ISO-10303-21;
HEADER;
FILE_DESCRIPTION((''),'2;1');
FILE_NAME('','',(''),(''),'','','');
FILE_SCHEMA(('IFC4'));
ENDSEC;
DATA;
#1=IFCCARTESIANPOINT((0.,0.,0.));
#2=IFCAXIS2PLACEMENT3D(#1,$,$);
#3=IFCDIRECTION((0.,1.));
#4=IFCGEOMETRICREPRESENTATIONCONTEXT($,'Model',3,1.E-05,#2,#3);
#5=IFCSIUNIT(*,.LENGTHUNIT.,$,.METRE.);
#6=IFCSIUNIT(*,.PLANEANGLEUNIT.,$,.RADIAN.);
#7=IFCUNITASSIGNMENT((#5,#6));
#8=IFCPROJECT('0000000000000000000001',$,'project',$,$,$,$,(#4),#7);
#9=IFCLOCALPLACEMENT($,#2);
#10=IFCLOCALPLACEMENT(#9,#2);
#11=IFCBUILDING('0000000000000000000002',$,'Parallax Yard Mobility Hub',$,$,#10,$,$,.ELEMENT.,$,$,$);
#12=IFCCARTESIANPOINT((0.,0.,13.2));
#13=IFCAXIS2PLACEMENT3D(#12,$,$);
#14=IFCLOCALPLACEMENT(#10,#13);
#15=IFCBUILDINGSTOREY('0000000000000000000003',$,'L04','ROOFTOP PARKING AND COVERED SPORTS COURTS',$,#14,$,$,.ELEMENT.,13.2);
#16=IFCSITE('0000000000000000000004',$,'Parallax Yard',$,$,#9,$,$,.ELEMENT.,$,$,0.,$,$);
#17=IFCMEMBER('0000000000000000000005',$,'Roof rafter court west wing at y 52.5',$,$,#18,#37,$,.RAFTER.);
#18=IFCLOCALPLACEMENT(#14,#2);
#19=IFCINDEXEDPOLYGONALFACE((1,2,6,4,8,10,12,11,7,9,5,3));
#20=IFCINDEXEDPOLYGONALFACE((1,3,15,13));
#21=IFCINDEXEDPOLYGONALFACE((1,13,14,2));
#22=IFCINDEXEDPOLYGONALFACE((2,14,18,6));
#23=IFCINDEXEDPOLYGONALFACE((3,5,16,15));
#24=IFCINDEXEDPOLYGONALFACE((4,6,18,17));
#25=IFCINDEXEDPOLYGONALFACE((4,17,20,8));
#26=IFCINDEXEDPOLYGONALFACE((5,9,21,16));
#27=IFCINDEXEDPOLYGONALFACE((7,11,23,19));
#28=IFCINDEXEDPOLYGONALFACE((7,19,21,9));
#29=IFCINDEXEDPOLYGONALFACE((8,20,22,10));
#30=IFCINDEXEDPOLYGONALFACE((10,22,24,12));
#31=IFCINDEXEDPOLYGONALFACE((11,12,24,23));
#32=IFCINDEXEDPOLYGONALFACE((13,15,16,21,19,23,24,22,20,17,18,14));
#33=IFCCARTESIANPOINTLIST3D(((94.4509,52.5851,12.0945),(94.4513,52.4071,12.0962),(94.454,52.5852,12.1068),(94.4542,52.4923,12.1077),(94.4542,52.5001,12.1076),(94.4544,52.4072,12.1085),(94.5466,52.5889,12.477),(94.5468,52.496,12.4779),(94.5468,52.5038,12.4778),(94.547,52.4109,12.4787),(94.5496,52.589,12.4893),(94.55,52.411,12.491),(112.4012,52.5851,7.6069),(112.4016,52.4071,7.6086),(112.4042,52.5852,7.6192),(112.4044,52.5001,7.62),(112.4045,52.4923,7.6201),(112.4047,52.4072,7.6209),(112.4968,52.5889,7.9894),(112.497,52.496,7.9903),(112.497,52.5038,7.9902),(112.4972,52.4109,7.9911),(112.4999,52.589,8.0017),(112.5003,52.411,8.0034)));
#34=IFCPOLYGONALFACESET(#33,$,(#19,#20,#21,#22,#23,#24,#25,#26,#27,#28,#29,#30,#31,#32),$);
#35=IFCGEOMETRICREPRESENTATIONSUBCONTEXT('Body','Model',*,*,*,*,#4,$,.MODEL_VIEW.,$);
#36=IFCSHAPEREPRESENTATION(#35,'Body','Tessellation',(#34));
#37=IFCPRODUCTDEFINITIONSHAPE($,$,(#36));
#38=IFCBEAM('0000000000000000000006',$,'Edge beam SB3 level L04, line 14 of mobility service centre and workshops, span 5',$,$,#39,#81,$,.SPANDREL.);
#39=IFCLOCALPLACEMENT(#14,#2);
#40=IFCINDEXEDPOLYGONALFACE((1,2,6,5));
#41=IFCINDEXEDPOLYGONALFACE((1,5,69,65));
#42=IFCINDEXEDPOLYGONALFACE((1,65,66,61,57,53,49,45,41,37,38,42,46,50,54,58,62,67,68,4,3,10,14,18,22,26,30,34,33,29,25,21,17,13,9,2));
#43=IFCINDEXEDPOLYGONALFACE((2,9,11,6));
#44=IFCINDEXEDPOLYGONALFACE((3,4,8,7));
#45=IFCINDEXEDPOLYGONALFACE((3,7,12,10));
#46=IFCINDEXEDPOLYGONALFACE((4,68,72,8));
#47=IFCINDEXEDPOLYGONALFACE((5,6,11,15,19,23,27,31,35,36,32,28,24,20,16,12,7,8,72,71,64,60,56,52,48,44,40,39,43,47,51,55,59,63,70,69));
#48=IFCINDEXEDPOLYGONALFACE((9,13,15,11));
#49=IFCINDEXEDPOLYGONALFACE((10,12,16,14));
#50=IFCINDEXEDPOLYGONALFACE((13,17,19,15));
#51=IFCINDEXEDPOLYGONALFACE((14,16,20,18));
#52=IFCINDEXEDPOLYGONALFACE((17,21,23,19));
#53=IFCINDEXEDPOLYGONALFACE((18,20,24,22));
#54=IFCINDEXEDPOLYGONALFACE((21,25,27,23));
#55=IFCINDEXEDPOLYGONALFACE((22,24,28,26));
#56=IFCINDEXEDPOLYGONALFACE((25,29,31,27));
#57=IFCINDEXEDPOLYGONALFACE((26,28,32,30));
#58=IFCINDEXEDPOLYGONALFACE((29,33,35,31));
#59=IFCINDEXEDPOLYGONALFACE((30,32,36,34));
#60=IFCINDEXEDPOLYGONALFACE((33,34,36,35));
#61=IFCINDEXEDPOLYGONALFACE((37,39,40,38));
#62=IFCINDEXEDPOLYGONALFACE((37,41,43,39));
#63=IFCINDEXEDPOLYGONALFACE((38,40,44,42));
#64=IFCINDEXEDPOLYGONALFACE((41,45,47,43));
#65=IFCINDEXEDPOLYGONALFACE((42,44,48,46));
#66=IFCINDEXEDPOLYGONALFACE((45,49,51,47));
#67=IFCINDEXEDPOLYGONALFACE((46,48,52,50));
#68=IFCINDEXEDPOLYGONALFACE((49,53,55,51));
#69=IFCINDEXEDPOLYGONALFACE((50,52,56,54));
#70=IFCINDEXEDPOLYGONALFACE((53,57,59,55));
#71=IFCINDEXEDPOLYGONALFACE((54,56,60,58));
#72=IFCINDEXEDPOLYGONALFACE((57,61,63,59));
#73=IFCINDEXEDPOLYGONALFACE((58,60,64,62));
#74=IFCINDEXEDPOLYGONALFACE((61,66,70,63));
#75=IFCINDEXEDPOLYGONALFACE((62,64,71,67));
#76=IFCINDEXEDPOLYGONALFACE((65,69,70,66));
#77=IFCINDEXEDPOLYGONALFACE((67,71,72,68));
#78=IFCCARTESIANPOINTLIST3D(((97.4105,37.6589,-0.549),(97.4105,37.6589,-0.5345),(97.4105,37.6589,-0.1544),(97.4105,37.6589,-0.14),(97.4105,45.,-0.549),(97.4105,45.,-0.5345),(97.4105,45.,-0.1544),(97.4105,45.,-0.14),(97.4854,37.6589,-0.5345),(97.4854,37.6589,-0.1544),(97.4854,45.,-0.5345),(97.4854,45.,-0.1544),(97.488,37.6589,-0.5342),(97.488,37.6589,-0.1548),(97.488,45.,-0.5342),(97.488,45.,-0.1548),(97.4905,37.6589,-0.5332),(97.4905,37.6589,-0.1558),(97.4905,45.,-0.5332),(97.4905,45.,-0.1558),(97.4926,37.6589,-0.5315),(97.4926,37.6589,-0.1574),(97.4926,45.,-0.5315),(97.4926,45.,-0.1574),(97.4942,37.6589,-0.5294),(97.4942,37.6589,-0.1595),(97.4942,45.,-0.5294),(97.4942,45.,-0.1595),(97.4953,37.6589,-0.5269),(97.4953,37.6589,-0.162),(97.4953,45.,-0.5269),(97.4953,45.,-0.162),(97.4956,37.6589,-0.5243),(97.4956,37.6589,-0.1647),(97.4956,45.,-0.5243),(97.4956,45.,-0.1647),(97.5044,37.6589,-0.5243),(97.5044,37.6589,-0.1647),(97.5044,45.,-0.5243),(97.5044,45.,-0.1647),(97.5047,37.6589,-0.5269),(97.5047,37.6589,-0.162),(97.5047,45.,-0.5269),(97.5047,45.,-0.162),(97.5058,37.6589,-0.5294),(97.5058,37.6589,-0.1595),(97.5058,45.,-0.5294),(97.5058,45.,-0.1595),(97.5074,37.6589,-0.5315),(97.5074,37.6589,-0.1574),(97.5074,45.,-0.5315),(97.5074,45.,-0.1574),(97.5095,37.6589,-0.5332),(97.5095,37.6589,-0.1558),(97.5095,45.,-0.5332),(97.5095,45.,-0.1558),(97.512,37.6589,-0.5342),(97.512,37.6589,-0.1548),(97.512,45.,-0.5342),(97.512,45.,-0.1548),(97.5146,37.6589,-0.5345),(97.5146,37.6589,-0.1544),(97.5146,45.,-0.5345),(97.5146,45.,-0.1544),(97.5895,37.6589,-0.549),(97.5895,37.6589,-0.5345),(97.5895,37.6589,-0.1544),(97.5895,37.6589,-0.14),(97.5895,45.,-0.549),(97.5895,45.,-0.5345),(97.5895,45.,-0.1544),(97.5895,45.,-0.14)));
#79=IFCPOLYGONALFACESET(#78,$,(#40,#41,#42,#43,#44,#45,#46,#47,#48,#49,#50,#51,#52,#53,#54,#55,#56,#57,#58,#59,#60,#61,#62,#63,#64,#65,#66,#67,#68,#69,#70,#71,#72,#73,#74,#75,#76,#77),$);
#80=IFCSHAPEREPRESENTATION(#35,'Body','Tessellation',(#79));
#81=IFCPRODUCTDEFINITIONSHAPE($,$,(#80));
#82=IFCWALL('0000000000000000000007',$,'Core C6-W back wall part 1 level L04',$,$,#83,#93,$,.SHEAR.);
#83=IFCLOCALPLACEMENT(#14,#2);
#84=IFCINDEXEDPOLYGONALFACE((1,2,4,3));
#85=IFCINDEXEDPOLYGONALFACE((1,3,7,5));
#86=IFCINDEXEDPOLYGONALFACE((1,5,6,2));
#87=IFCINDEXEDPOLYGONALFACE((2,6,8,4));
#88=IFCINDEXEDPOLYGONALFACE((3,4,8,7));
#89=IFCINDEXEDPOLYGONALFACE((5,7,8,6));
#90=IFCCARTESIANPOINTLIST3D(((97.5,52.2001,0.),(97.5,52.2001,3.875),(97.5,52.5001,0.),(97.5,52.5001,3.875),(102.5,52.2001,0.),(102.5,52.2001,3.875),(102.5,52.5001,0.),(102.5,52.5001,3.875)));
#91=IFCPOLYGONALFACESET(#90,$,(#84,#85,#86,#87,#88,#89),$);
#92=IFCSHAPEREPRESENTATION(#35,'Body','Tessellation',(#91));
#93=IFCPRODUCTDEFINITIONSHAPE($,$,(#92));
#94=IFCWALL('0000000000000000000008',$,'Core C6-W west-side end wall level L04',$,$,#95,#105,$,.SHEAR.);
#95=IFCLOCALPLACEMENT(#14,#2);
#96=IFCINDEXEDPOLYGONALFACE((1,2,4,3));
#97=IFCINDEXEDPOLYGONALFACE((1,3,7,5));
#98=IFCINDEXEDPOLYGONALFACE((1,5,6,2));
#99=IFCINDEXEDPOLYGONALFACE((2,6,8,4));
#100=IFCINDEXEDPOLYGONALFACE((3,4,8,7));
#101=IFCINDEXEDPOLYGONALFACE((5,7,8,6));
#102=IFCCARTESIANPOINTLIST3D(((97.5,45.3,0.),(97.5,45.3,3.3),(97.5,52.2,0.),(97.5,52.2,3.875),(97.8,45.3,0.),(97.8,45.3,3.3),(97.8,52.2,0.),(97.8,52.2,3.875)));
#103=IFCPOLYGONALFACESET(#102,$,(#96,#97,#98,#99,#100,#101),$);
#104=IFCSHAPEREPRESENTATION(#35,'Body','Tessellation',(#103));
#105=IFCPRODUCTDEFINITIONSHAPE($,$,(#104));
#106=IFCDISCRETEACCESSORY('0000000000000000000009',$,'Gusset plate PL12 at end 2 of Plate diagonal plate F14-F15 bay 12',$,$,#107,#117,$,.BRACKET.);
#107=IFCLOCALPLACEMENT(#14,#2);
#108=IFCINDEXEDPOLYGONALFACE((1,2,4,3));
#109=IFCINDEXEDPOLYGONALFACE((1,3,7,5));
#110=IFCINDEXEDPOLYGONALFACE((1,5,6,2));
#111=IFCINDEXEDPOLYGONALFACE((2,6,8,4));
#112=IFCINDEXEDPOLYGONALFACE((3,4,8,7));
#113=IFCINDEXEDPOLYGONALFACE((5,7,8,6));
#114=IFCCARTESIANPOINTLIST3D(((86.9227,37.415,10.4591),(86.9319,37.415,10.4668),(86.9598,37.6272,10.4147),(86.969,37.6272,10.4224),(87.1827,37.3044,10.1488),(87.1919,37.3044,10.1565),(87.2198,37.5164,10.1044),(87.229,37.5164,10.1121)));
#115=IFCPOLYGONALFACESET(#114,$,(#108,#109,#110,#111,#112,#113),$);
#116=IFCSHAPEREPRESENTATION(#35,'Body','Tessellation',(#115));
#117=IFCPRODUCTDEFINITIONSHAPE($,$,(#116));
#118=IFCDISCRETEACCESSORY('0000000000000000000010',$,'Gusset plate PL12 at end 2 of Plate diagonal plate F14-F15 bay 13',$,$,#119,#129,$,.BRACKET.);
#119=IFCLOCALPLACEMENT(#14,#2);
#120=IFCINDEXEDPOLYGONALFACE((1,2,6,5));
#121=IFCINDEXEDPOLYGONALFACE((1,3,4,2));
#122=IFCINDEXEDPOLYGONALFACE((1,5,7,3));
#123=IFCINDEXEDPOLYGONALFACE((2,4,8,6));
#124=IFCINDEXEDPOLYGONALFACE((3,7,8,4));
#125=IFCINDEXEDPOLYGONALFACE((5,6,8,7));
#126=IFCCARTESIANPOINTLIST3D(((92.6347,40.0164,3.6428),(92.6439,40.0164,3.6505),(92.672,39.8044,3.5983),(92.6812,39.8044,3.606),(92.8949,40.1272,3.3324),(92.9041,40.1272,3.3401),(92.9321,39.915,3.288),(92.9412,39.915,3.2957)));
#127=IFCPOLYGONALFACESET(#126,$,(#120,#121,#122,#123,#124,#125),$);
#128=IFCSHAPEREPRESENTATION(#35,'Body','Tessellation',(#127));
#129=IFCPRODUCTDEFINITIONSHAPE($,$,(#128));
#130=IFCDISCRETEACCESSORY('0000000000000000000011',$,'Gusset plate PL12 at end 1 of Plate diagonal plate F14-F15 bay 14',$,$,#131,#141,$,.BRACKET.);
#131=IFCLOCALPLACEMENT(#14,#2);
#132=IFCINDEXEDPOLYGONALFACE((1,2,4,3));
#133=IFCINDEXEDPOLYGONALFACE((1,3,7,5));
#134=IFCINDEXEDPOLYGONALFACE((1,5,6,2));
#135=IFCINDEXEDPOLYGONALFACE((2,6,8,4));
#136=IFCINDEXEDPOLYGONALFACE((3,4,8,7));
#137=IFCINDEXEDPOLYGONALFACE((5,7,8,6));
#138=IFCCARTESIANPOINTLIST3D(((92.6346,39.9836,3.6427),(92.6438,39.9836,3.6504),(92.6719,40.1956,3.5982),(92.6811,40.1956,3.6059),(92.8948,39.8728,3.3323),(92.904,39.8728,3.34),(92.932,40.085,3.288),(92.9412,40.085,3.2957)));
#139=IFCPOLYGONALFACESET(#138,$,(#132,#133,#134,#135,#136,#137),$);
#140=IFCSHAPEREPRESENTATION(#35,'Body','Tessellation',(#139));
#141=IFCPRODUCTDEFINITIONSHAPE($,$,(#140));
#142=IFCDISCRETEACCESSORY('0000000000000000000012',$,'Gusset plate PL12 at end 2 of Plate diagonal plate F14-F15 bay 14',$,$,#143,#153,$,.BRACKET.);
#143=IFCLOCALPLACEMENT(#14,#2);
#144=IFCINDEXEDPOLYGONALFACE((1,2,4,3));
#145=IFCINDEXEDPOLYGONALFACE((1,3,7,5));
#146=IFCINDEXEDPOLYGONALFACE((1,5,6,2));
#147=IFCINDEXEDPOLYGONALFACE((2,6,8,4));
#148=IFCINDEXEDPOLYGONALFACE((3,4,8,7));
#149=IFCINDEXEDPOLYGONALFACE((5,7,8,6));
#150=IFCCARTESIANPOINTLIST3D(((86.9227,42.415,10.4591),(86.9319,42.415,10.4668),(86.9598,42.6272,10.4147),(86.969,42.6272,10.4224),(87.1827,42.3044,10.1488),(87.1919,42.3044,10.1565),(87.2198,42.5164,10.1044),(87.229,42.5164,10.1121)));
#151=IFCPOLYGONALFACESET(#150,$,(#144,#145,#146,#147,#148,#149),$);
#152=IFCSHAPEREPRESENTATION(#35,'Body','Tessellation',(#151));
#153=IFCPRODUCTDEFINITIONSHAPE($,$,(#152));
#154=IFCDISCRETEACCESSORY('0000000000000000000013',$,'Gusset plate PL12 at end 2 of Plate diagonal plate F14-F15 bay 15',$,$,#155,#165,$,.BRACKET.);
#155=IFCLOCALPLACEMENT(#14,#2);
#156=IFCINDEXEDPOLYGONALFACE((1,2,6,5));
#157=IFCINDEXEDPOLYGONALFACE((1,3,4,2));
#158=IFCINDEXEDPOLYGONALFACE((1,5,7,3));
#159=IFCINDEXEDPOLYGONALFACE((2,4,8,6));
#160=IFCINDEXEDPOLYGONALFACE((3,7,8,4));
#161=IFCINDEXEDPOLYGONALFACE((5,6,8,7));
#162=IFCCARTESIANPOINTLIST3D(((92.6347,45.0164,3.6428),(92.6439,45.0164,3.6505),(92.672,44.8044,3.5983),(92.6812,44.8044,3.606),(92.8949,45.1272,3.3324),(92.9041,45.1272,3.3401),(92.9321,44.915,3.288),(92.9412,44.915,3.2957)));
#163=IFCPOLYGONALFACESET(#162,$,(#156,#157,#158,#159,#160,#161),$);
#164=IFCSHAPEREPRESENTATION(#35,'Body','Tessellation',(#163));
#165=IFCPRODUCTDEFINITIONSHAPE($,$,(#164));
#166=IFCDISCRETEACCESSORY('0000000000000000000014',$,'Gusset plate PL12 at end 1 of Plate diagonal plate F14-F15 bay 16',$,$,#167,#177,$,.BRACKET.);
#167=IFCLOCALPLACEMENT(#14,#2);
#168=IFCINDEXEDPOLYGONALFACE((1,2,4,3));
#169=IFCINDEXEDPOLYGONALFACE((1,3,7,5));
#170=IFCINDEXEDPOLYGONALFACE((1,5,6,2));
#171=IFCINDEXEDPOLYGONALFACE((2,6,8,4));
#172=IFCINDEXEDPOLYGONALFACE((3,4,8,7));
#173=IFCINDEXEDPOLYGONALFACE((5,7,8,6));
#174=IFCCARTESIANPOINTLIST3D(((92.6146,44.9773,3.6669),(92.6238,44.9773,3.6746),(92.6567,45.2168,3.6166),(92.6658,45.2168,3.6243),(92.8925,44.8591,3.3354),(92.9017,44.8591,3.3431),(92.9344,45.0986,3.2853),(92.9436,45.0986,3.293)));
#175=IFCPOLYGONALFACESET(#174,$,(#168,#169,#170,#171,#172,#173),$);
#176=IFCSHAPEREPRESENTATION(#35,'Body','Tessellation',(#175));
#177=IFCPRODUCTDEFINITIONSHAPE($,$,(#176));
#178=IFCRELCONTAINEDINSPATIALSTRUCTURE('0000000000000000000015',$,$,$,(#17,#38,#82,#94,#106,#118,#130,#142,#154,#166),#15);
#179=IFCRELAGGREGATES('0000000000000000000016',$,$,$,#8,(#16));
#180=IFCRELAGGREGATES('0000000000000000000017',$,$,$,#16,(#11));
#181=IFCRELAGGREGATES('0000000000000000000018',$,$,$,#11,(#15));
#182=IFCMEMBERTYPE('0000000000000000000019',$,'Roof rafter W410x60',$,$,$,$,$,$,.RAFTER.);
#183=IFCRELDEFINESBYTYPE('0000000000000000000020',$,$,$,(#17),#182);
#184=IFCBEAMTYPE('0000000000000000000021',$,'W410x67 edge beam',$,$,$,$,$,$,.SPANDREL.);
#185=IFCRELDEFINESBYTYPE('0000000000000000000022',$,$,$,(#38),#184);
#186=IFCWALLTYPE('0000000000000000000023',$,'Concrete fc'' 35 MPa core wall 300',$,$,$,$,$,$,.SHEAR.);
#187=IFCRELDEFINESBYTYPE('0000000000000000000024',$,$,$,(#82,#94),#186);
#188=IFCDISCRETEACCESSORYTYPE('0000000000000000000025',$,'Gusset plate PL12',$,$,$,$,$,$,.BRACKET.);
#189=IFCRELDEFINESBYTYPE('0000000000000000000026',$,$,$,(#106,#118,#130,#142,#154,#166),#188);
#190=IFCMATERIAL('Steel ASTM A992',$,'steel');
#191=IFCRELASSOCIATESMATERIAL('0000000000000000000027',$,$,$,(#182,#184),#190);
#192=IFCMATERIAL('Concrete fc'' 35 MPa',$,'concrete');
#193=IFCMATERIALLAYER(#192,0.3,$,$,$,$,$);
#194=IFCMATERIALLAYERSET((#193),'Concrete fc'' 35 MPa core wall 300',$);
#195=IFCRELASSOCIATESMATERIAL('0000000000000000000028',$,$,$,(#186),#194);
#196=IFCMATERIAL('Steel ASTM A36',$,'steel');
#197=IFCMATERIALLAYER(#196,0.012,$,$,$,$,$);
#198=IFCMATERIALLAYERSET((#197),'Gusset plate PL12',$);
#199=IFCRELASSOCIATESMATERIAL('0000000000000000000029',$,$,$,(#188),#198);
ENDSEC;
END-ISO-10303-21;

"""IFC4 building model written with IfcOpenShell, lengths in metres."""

from ifc_helpers import new_model, si_unit, direction, frame, frame_2d, origin, origin_2d, place, context, subcontext, project, spatial, polyline, rectangle, i_section, outline, extrude, material, layer, layer_set, material_profile, profile_set, type_object, element, save


model = new_model("IFC4")

# Units and contexts
model_context = context("Model", 3, precision=1e-05, world=origin(), true_north=direction((0.0, 1.0)))
body_context = subcontext(model_context, "Body", "Model", "MODEL_VIEW")
ifc_project = project(units=[si_unit("LENGTHUNIT", "METRE"), si_unit("PLANEANGLEUNIT", "RADIAN")], contexts=[model_context])

# Site, building, storey
site_placement = place(None, origin())
site = spatial("IfcSite", under=ifc_project, at=site_placement, Name="Parallax Yard", CompositionType="ELEMENT", RefElevation=0.0)
building_placement = place(site_placement, origin())
building = spatial("IfcBuilding", under=site, at=building_placement, Name="Parallax Yard Mobility Hub", CompositionType="ELEMENT")
storey_placement = place(building_placement, frame((0.0, 0.0, 13.2)))
storey = spatial("IfcBuildingStorey", under=building, at=storey_placement, Name="L04", Description="ROOFTOP PARKING AND COVERED SPORTS COURTS", CompositionType="ELEMENT", Elevation=13.2)

# Member
ifc_material_1 = material(Name="Steel ASTM A992", Category="steel")
ifc_material_profile_1 = material_profile(ifc_material_1, i_section(OverallWidth=0.178, OverallDepth=0.407, WebThickness=0.0078, FlangeThickness=0.0127, at=origin_2d()), Name="W410x60")
ifc_profile_set_1 = profile_set([ifc_material_profile_1], Name="Steel ASTM A992")
member_type_1 = type_object("IfcMemberType", Name="Roof rafter W410x60", PredefinedType="RAFTER", material=ifc_profile_set_1)
for number, where, z_axis, x_axis, name in (
    (1, (94.5005, 52.498, 12.2927), (0.970143, 0.0, -0.242536), (-0.002353, 0.999953, -0.009411), "Roof rafter court west wing at y 52.5"),
):
    element("IfcMember", number, at=place(storey_placement, frame(where, z_axis=z_axis, x_axis=x_axis)), inside=storey, type_object=member_type_1, Name=name, PredefinedType="RAFTER", context=body_context, shape_type="SweptSolid", body=[
        extrude(i_section(OverallWidth=0.178, OverallDepth=0.407, WebThickness=0.0078, FlangeThickness=0.0127, at=origin_2d()), origin(), (0.0, 0.0, 1.0), 18.5027),
    ])

# Beam
ifc_material_profile_2 = material_profile(ifc_material_1, i_section(OverallWidth=0.179, OverallDepth=0.4089, WebThickness=0.0088, FlangeThickness=0.0144, FilletRadius=0.0103, at=origin_2d()), Name="W410x67")
ifc_profile_set_2 = profile_set([ifc_material_profile_2], Name="Steel ASTM A992")
beam_type = type_object("IfcBeamType", Name="W410x67 edge beam", PredefinedType="SPANDREL", material=ifc_profile_set_2)
beam_placement = place(storey_placement, frame((97.5, 37.6589, -0.3445), z_axis=(0.0, 1.0, 0.0), x_axis=(-1.0, 0.0, 0.0)))
element("IfcBeam", 2, at=beam_placement, inside=storey, type_object=beam_type, Name="Edge beam SB3 level L04, line 14 of mobility service centre and workshops, span 5", PredefinedType="SPANDREL", context=body_context, shape_type="SweptSolid", body=[
    extrude(i_section(OverallWidth=0.179, OverallDepth=0.4089, WebThickness=0.0088, FlangeThickness=0.0144, FilletRadius=0.0103, at=origin_2d()), origin(), (0.0, 0.0, 1.0), 7.3411),
])

# Walls
ifc_material_2 = material(Name="Concrete fc' 35 MPa", Category="concrete")
ifc_layer_1 = layer(ifc_material_2, 0.3)
ifc_layer_set_1 = layer_set([ifc_layer_1], Name="Concrete fc' 35 MPa core wall 300")
wall_type = type_object("IfcWallType", Name="Concrete fc' 35 MPa core wall 300", PredefinedType="SHEAR", material=ifc_layer_set_1)
wall_1_placement = place(storey_placement, frame((97.5, 52.3501, 0.0), z_axis=(0.0, 0.0, 1.0), x_axis=(1.0, 0.0, 0.0)))
element("IfcWall", 3, at=wall_1_placement, inside=storey, type_object=wall_type, Name="Core C6-W back wall part 1 level L04", PredefinedType="SHEAR", context=body_context, shape_type="SweptSolid", body=[
    extrude(rectangle(XDim=5.0, YDim=0.3, at=frame_2d((2.5, 0.0))), origin(), (0.0, 0.0, 1.0), 3.875),
])
wall_2_placement = place(storey_placement, frame((97.6499, 45.3, 0.0), z_axis=(0.0, 0.0, 1.0), x_axis=(0.0, 1.0, 0.0)))
element("IfcWall", 4, at=wall_2_placement, inside=storey, type_object=wall_type, Name="Core C6-W west-side end wall level L04", PredefinedType="SHEAR", context=body_context, shape_type="SweptSolid", body=[
    extrude(outline(polyline([(0.0, 0.0), (6.8999, 0.0), (6.8999, 3.875), (0.0, 3.3), (0.0, 0.0)])), frame((0.0, 0.1499, 0.0), z_axis=(0.0, -1.0, 0.0), x_axis=(1.0, 0.0, 0.0)), (0.0, 0.0, 1.0), 0.3),
])

# Discrete accessories
ifc_material_3 = material(Name="Steel ASTM A36", Category="steel")
ifc_layer_2 = layer(ifc_material_3, 0.012)
ifc_layer_set_2 = layer_set([ifc_layer_2], Name="Gusset plate PL12")
discrete_accessory_type = type_object("IfcDiscreteAccessoryType", Name="Gusset plate PL12", PredefinedType="BRACKET", material=ifc_layer_set_2)
discrete_accessory_1_placement = place(storey_placement, frame((87.229, 37.5164, 10.1121), z_axis=(0.766561, 0.000412, 0.642172), x_axis=(-0.61946, 0.26407, 0.739281)))
element("IfcDiscreteAccessory", 5, at=discrete_accessory_1_placement, inside=storey, type_object=discrete_accessory_type, Name="Gusset plate PL12 at end 2 of Plate diagonal plate F14-F15 bay 12", PredefinedType="BRACKET", context=body_context, shape_type="SweptSolid", body=[
    extrude(outline(polyline([(0.0, 0.0), (0.4197, 0.0), (0.4195, 0.2199), (-0.0001, 0.2197), (0.0, 0.0)])), origin(), (0.0, 0.0, -1.0), 0.012),
])
discrete_accessory_2_placement = place(storey_placement, frame((92.6812, 39.8044, 3.606), z_axis=(0.766351, -0.00006, 0.642423), x_axis=(0.619726, 0.263529, -0.739251)))
element("IfcDiscreteAccessory", 6, at=discrete_accessory_2_placement, inside=storey, type_object=discrete_accessory_type, Name="Gusset plate PL12 at end 2 of Plate diagonal plate F14-F15 bay 13", PredefinedType="BRACKET", context=body_context, shape_type="SweptSolid", body=[
    extrude(outline(polyline([(0.0, 0.0), (0.4197, 0.0), (0.4197, 0.2199), (-0.0002, 0.2197), (0.0, 0.0)])), origin(), (0.0, 0.0, -1.0), 0.012),
])
discrete_accessory_3_placement = place(storey_placement, frame((92.6438, 39.9836, 3.6504), z_axis=(0.766351, 0.00006, 0.642423), x_axis=(0.619648, -0.263975, -0.739157)))
element("IfcDiscreteAccessory", 7, at=discrete_accessory_3_placement, inside=storey, type_object=discrete_accessory_type, Name="Gusset plate PL12 at end 1 of Plate diagonal plate F14-F15 bay 14", PredefinedType="BRACKET", context=body_context, shape_type="SweptSolid", body=[
    extrude(outline(polyline([(0.0, 0.0), (0.4199, 0.0), (0.4197, 0.2199), (0.0, 0.2197), (0.0, 0.0)])), origin(), (0.0, 0.0, -1.0), 0.012),
])
discrete_accessory_4_placement = place(storey_placement, frame((87.229, 42.5164, 10.1121), z_axis=(0.766561, 0.000412, 0.642172), x_axis=(-0.61946, 0.26407, 0.739281)))
element("IfcDiscreteAccessory", 8, at=discrete_accessory_4_placement, inside=storey, type_object=discrete_accessory_type, Name="Gusset plate PL12 at end 2 of Plate diagonal plate F14-F15 bay 14", PredefinedType="BRACKET", context=body_context, shape_type="SweptSolid", body=[
    extrude(outline(polyline([(0.0, 0.0), (0.4197, 0.0), (0.4195, 0.2199), (-0.0001, 0.2197), (0.0, 0.0)])), origin(), (0.0, 0.0, -1.0), 0.012),
])
discrete_accessory_5_placement = place(storey_placement, frame((92.6812, 44.8044, 3.606), z_axis=(0.766351, -0.00006, 0.642423), x_axis=(0.619726, 0.263529, -0.739251)))
element("IfcDiscreteAccessory", 9, at=discrete_accessory_5_placement, inside=storey, type_object=discrete_accessory_type, Name="Gusset plate PL12 at end 2 of Plate diagonal plate F14-F15 bay 15", PredefinedType="BRACKET", context=body_context, shape_type="SweptSolid", body=[
    extrude(outline(polyline([(0.0, 0.0), (0.4197, 0.0), (0.4197, 0.2199), (-0.0002, 0.2197), (0.0, 0.0)])), origin(), (0.0, 0.0, -1.0), 0.012),
])
discrete_accessory_6_placement = place(storey_placement, frame((92.6238, 44.9773, 3.6746), z_axis=(0.766379, 0.000198, 0.642389), x_axis=(0.619724, -0.263516, -0.739258)))
element("IfcDiscreteAccessory", 10, at=discrete_accessory_6_placement, inside=storey, type_object=discrete_accessory_type, Name="Gusset plate PL12 at end 1 of Plate diagonal plate F14-F15 bay 16", PredefinedType="BRACKET", context=body_context, shape_type="SweptSolid", body=[
    extrude(outline(polyline([(0.0, 0.0), (0.4484, 0.0), (0.4483, 0.2483), (0.0001, 0.2483), (0.0, 0.0)])), origin(), (0.0, 0.0, -1.0), 0.012),
])

save(model, "model.ifc")
